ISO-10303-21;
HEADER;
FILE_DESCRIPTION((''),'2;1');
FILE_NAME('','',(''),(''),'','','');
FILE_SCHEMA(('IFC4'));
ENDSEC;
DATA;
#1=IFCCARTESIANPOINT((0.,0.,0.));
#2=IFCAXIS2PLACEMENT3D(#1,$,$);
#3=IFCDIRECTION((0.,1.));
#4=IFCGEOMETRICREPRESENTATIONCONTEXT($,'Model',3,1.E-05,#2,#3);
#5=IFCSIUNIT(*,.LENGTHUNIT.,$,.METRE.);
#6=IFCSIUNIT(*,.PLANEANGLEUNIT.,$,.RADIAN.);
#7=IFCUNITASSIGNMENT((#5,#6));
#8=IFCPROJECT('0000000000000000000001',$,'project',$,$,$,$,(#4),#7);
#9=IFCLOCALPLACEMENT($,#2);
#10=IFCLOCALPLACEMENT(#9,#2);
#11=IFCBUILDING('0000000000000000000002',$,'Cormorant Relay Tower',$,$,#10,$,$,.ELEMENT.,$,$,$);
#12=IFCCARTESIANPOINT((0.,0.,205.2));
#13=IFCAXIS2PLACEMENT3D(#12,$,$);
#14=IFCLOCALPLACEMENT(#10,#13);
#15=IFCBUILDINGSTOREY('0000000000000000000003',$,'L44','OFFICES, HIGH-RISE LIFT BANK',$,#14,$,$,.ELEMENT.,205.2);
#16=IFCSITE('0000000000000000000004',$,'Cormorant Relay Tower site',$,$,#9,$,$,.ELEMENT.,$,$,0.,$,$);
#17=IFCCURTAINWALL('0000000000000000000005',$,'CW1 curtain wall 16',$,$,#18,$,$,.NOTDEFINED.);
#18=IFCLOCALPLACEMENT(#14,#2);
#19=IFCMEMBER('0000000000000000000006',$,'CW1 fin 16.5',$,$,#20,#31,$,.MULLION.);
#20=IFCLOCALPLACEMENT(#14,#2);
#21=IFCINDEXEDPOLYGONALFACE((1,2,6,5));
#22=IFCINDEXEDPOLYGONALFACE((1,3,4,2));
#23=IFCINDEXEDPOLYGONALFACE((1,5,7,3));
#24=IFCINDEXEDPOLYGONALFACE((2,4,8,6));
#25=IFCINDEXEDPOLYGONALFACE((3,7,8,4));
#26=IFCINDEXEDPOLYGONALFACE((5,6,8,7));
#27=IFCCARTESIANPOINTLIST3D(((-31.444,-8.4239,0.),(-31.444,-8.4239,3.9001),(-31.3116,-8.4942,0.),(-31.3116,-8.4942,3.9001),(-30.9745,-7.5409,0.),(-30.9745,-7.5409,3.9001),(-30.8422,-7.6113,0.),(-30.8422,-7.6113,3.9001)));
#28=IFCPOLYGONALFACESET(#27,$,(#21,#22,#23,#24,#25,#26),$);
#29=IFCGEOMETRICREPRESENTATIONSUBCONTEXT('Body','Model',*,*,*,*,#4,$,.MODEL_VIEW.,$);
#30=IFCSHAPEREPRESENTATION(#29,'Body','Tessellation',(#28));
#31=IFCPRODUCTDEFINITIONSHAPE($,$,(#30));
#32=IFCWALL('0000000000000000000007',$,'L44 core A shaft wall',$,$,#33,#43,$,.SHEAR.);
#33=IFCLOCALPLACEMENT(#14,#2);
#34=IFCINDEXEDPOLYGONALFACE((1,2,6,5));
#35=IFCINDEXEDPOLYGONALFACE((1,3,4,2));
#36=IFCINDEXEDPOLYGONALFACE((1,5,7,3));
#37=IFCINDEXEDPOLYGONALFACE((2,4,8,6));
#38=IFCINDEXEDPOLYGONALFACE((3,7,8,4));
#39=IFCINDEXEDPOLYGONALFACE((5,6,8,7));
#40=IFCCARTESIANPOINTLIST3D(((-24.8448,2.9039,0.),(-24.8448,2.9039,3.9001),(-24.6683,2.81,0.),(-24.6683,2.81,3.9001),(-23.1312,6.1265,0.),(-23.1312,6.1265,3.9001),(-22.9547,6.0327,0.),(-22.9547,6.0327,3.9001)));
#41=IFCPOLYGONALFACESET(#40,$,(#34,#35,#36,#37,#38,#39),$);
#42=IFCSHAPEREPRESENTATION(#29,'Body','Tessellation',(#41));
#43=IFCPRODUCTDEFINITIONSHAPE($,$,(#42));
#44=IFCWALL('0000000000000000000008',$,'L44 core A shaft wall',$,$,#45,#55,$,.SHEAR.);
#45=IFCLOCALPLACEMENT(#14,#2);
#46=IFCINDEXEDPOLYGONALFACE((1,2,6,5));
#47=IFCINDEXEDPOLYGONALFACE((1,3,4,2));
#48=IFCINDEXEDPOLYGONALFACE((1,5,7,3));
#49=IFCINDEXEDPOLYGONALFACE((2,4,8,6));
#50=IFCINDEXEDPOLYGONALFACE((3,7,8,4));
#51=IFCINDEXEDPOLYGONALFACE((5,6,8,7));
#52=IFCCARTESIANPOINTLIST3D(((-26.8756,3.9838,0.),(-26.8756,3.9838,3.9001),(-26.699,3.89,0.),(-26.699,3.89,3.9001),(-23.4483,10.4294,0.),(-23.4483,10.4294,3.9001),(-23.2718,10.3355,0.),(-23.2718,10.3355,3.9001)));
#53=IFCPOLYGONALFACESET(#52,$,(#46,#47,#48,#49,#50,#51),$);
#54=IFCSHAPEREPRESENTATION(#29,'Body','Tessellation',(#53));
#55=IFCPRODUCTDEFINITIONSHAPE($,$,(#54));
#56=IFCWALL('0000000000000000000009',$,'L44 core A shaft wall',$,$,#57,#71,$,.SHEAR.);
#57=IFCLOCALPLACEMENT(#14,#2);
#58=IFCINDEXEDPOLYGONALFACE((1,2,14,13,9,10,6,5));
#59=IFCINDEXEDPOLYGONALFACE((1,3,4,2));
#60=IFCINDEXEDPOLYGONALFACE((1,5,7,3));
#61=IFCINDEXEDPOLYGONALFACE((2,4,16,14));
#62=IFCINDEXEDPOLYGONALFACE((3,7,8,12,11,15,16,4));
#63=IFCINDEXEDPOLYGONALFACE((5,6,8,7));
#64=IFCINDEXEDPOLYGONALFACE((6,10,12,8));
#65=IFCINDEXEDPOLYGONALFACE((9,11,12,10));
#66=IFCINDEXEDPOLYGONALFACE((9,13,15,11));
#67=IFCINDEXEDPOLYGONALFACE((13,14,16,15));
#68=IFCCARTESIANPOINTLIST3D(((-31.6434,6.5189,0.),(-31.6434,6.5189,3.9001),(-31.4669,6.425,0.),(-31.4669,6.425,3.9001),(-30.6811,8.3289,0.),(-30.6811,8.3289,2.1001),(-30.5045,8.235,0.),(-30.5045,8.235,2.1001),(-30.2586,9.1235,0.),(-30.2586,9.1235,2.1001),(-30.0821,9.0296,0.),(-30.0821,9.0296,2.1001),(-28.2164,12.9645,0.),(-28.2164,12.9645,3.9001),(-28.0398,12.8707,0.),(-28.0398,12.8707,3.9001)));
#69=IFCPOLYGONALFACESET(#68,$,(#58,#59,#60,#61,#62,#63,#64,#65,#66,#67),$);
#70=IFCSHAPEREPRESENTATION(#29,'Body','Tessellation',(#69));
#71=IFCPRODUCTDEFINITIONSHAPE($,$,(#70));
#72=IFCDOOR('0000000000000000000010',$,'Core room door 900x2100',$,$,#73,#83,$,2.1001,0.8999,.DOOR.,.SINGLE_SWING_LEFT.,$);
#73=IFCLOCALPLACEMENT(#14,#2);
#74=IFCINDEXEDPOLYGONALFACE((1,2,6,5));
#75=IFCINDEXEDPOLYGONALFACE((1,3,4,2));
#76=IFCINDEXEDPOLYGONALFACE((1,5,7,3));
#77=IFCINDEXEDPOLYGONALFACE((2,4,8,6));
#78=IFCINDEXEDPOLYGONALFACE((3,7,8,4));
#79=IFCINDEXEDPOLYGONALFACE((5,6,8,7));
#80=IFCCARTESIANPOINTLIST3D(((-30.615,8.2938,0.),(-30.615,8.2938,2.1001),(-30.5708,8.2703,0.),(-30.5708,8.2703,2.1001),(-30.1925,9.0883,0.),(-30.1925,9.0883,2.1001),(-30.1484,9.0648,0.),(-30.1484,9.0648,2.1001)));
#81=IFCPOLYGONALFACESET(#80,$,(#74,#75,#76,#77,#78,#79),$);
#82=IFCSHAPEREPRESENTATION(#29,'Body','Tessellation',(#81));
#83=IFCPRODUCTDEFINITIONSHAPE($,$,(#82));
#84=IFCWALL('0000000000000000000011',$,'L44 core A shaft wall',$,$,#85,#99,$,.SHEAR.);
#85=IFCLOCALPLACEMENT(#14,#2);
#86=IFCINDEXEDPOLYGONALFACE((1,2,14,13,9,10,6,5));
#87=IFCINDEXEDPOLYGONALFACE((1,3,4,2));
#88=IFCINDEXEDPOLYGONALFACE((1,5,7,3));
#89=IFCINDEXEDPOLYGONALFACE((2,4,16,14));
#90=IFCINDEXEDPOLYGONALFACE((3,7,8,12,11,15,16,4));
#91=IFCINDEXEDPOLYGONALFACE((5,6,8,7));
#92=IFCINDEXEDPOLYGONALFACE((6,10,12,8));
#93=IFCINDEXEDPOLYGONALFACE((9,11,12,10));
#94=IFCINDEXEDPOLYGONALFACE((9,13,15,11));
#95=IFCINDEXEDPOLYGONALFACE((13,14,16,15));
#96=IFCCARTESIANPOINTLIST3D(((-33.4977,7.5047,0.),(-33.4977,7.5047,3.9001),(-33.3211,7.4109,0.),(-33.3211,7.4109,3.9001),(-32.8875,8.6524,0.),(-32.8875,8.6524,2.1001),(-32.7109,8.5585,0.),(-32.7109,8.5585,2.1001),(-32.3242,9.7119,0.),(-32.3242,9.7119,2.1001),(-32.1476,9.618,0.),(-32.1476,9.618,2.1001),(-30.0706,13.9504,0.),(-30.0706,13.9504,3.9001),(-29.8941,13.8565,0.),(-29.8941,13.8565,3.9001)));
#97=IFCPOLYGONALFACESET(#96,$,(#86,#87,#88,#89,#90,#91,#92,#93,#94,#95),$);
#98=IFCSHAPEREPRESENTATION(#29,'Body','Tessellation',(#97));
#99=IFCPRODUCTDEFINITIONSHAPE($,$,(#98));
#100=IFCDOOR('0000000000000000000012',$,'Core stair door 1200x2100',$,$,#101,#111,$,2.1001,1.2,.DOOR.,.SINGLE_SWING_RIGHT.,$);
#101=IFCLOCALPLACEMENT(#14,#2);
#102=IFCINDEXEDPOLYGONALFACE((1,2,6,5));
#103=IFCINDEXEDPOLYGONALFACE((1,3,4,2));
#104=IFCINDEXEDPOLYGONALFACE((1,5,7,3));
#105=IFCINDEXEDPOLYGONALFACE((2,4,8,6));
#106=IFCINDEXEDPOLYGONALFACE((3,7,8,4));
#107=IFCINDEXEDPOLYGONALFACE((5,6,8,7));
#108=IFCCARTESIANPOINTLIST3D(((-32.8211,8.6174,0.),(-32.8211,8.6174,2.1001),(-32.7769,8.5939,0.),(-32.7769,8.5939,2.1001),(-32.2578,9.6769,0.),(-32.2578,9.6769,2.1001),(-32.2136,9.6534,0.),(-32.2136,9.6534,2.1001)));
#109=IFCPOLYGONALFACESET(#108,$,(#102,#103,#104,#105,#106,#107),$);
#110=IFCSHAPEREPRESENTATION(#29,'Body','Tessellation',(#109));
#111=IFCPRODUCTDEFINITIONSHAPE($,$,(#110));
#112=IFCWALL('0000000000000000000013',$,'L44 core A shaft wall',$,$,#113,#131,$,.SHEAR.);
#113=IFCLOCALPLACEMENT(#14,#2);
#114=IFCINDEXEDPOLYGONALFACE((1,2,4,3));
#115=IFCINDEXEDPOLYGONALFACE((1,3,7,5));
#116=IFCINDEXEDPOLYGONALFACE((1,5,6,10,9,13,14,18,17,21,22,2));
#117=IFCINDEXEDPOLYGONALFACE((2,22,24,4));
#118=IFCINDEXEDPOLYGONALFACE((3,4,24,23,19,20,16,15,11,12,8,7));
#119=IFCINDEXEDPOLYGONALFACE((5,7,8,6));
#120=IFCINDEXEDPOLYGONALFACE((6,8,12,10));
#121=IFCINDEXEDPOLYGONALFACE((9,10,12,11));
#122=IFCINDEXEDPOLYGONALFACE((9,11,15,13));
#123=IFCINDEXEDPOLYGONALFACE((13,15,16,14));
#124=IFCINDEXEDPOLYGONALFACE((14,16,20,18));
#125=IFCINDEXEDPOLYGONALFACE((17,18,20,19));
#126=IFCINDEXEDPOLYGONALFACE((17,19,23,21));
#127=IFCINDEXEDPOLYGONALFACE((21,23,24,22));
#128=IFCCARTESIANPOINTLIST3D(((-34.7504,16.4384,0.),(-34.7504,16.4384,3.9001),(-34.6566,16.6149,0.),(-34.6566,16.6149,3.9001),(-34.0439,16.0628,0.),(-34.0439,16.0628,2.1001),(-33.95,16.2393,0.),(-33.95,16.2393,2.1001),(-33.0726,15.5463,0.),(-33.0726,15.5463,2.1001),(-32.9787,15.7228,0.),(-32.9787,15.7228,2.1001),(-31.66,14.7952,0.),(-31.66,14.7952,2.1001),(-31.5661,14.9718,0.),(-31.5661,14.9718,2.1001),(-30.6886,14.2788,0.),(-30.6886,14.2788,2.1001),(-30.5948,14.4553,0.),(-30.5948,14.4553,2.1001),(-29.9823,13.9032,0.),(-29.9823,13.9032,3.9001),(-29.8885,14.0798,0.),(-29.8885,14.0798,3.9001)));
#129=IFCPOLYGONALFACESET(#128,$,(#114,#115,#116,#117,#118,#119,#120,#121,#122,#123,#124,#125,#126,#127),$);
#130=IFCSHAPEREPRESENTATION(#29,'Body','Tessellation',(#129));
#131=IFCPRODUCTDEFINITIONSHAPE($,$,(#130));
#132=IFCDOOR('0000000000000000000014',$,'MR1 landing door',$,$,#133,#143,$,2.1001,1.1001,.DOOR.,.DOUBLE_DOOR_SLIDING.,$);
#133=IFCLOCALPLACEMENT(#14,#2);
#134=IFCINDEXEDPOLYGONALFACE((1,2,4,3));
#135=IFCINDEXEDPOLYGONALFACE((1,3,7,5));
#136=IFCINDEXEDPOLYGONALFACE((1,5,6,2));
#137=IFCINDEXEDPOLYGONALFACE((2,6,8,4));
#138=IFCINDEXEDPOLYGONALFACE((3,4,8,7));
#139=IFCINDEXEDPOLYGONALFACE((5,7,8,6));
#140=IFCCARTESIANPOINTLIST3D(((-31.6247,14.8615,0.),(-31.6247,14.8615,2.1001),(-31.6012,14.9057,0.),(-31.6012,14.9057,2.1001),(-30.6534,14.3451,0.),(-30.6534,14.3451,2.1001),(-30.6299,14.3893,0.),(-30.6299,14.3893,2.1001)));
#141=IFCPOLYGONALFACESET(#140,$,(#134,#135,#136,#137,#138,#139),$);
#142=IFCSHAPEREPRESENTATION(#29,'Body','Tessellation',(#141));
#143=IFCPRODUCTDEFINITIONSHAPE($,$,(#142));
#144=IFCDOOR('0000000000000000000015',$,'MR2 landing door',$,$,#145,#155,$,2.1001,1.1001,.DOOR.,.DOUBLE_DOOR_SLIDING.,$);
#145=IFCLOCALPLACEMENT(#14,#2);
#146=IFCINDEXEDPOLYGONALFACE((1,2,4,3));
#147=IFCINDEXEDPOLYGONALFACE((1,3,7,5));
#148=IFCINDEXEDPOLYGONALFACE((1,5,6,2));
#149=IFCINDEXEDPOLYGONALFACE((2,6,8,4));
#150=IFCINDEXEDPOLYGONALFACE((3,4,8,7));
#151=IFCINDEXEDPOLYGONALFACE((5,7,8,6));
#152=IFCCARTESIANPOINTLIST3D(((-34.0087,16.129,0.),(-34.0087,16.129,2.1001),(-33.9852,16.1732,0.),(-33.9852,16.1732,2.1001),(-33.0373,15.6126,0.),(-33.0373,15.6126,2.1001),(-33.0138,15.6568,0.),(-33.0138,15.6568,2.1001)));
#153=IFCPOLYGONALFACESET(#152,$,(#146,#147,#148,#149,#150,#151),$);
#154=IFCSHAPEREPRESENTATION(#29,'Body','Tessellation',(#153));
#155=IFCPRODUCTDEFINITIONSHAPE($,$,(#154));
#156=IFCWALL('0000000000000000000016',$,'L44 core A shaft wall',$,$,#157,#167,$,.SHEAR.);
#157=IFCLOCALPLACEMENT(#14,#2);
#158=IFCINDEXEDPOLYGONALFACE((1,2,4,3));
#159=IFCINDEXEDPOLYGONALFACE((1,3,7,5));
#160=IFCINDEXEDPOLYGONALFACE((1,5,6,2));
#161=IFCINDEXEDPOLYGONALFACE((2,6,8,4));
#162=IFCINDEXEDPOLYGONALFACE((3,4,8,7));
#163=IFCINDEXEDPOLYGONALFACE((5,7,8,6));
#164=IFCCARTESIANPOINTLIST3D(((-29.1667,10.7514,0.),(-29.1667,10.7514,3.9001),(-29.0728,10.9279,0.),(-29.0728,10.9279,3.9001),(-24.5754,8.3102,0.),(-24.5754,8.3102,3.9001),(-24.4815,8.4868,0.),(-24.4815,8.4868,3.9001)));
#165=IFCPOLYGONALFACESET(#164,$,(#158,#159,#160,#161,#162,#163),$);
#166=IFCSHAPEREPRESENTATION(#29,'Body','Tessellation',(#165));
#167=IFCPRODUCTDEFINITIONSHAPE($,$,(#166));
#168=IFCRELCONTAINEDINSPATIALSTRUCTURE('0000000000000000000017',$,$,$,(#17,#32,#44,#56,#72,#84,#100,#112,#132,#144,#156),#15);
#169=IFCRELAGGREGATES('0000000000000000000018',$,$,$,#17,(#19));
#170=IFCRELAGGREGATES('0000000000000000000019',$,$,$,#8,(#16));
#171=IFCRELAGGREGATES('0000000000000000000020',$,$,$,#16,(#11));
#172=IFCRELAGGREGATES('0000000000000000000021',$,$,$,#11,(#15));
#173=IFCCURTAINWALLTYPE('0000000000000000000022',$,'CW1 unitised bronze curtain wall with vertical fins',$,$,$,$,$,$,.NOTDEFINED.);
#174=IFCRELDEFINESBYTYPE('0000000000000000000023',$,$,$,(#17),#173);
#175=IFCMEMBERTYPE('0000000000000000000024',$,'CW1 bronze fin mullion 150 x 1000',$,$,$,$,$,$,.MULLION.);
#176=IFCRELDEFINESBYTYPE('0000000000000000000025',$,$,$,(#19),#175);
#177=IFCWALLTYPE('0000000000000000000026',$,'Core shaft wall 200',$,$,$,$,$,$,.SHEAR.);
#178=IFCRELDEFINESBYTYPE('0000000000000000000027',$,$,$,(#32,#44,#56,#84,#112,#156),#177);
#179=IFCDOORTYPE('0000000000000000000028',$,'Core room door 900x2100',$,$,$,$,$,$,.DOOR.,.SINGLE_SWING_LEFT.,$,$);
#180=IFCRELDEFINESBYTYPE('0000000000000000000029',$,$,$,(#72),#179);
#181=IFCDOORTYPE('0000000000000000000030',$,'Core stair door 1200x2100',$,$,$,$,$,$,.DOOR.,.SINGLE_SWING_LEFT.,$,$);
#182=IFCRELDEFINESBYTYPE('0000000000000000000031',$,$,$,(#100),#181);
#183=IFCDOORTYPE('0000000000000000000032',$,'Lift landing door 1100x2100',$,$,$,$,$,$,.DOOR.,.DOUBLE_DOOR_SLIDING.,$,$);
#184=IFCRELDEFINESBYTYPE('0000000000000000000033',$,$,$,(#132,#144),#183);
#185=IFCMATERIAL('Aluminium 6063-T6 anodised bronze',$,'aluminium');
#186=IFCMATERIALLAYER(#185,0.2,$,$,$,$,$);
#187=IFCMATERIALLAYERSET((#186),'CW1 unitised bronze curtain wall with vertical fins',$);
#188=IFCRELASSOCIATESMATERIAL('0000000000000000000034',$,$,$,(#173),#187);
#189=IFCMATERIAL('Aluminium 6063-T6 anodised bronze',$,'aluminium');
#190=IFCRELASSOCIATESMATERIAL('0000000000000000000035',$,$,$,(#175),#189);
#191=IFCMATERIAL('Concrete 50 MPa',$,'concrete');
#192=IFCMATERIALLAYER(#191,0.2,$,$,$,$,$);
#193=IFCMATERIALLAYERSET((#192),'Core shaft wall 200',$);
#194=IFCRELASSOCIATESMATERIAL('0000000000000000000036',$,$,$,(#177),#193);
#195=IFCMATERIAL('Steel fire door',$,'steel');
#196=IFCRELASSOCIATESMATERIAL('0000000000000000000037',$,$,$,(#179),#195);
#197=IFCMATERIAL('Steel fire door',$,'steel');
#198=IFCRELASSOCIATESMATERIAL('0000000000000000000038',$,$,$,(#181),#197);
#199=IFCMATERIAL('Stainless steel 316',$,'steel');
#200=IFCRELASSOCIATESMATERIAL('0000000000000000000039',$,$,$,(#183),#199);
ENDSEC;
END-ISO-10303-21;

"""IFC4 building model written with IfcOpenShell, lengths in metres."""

from ifc_helpers import new_model, si_unit, direction, frame, frame_2d, origin, origin_2d, place, context, subcontext, project, spatial, rectangle, extrude, material, layer, layer_set, material_profile, profile_set, type_object, element, fill, aggregate, save


model = new_model("IFC4")

# Units and contexts
model_context = context("Model", 3, precision=1e-05, world=origin(), true_north=direction((0.0, 1.0)))
body_context = subcontext(model_context, "Body", "Model", "MODEL_VIEW")
ifc_project = project(units=[si_unit("LENGTHUNIT", "METRE"), si_unit("PLANEANGLEUNIT", "RADIAN")], contexts=[model_context])

# Site, building, storey
site_placement = place(None, origin())
site = spatial("IfcSite", under=ifc_project, at=site_placement, Name="Cormorant Relay Tower site", CompositionType="ELEMENT", RefElevation=0.0)
building_placement = place(site_placement, origin())
building = spatial("IfcBuilding", under=site, at=building_placement, Name="Cormorant Relay Tower", CompositionType="ELEMENT")
storey_placement = place(building_placement, frame((0.0, 0.0, 205.2)))
storey = spatial("IfcBuildingStorey", under=building, at=storey_placement, Name="L44", Description="OFFICES, HIGH-RISE LIFT BANK", CompositionType="ELEMENT", Elevation=205.2)

# Curtain wall, member
ifc_material_1 = material(Name="Aluminium 6063-T6 anodised bronze", Category="aluminium")
ifc_layer_1 = layer(ifc_material_1, 0.2)
ifc_layer_set_1 = layer_set([ifc_layer_1], Name="CW1 unitised bronze curtain wall with vertical fins")
curtain_wall_type = type_object("IfcCurtainWallType", Name="CW1 unitised bronze curtain wall with vertical fins", PredefinedType="NOTDEFINED", material=ifc_layer_set_1)
curtain_wall_placement = place(storey_placement, origin())
curtain_wall = element("IfcCurtainWall", 1, at=curtain_wall_placement, inside=storey, type_object=curtain_wall_type, Name="CW1 curtain wall 16", PredefinedType="NOTDEFINED")
ifc_material_2 = material(Name="Aluminium 6063-T6 anodised bronze", Category="aluminium")
ifc_material_profile = material_profile(ifc_material_2, rectangle(XDim=0.1499, YDim=1.0, at=origin_2d()), Name="AL 150x1000")
ifc_profile_set = profile_set([ifc_material_profile], Name="Aluminium 6063-T6 anodised bronze")
member_type = type_object("IfcMemberType", Name="CW1 bronze fin mullion 150 x 1000", PredefinedType="MULLION", material=ifc_profile_set)
member_placement = place(storey_placement, frame((-31.1431, -8.0176, 0.0), z_axis=(0.0, 0.0, 1.0), x_axis=(0.882948, -0.469472, 0.0)))
member = element("IfcMember", 2, at=member_placement, type_object=member_type, Name="CW1 fin 16.5", PredefinedType="MULLION", context=body_context, shape_type="SweptSolid", body=[
    extrude(rectangle(XDim=0.1499, YDim=1.0, at=origin_2d()), origin(), (0.0, 0.0, 1.0), 3.9001),
])
aggregate(curtain_wall, [member])

# Walls
ifc_material_3 = material(Name="Concrete 50 MPa", Category="concrete")
ifc_layer_2 = layer(ifc_material_3, 0.2)
ifc_layer_set_2 = layer_set([ifc_layer_2], Name="Core shaft wall 200")
wall_type_1 = type_object("IfcWallType", Name="Core shaft wall 200", PredefinedType="SHEAR", material=ifc_layer_set_2)
wall_1_placement = place(storey_placement, frame((-23.043, 6.0796, 0.0), z_axis=(0.0, 0.0, 1.0), x_axis=(-0.469494, -0.882936, 0.0)))
element("IfcWall", 3, at=wall_1_placement, inside=storey, type_object=wall_type_1, Name="L44 core A shaft wall", PredefinedType="SHEAR", context=body_context, shape_type="SweptSolid", body=[
    extrude(rectangle(XDim=3.6499, YDim=0.2, at=frame_2d((1.825, 0.0))), origin(), (0.0, 0.0, 1.0), 3.9001),
])
wall_2_placement = place(storey_placement, frame((-23.3601, 10.3823, 0.0), z_axis=(0.0, 0.0, 1.0), x_axis=(-0.46948, -0.882943, 0.0)))
element("IfcWall", 4, at=wall_2_placement, inside=storey, type_object=wall_type_1, Name="L44 core A shaft wall", PredefinedType="SHEAR", context=body_context, shape_type="SweptSolid", body=[
    extrude(rectangle(XDim=7.3, YDim=0.2, at=frame_2d((3.6499, 0.0))), origin(), (0.0, 0.0, 1.0), 3.9001),
])

# Walls, openings, doors
wall_3_placement = place(storey_placement, frame((-28.1282, 12.9175, 0.0), z_axis=(0.0, 0.0, 1.0), x_axis=(-0.469454, -0.882957, 0.0)))
wall_3 = element("IfcWall", 5, at=wall_3_placement, inside=storey, type_object=wall_type_1, Name="L44 core A shaft wall", PredefinedType="SHEAR", context=body_context, shape_type="SweptSolid", body=[
    extrude(rectangle(XDim=7.3, YDim=0.2, at=frame_2d((3.6499, 0.0))), origin(), (0.0, 0.0, 1.0), 3.9001),
])
opening_1_placement = place(wall_3_placement, frame((4.3501, 0.0, 0.0)))
opening_1 = element("IfcOpeningElement", 6, at=opening_1_placement, cuts=wall_3, PredefinedType="OPENING", context=body_context, shape_type="SweptSolid", body=[
    extrude(rectangle(XDim=0.8999, YDim=2.1001, at=frame_2d((0.45, 1.05))), frame((0.0, 0.1099, 0.0), z_axis=(0.0, -1.0, 0.0), x_axis=(1.0, 0.0, 0.0)), (0.0, 0.0, 1.0), 0.22),
])
ifc_material_4 = material(Name="Steel fire door", Category="steel")
door_type_1 = type_object("IfcDoorType", Name="Core room door 900x2100", OperationType="SINGLE_SWING_LEFT", PredefinedType="DOOR", material=ifc_material_4)
door_1_placement = place(opening_1_placement, origin())
door_1 = element("IfcDoor", 7, at=door_1_placement, inside=storey, type_object=door_type_1, Name="Core room door 900x2100", OperationType="SINGLE_SWING_LEFT", OverallHeight=2.1001, OverallWidth=0.8999, PredefinedType="DOOR", context=body_context, shape_type="SweptSolid", body=[
    extrude(rectangle(XDim=0.8999, YDim=2.1001, at=frame_2d((0.45, 1.05))), frame((0.0, 0.0249, 0.0), z_axis=(0.0, -1.0, 0.0), x_axis=(1.0, 0.0, 0.0)), (0.0, 0.0, 1.0), 0.05),
])
fill(opening_1, door_1)
wall_4_placement = place(storey_placement, frame((-29.9824, 13.9033, 0.0), z_axis=(0.0, 0.0, 1.0), x_axis=(-0.469454, -0.882957, 0.0)))
wall_4 = element("IfcWall", 8, at=wall_4_placement, inside=storey, type_object=wall_type_1, Name="L44 core A shaft wall", PredefinedType="SHEAR", context=body_context, shape_type="SweptSolid", body=[
    extrude(rectangle(XDim=7.3, YDim=0.2, at=frame_2d((3.6499, 0.0))), origin(), (0.0, 0.0, 1.0), 3.9001),
])
opening_2_placement = place(wall_4_placement, frame((4.8, 0.0, 0.0)))
opening_2 = element("IfcOpeningElement", 9, at=opening_2_placement, cuts=wall_4, PredefinedType="OPENING", context=body_context, shape_type="SweptSolid", body=[
    extrude(rectangle(XDim=1.2, YDim=2.1001, at=frame_2d((0.6001, 1.05))), frame((0.0, 0.1099, 0.0), z_axis=(0.0, -1.0, 0.0), x_axis=(1.0, 0.0, 0.0)), (0.0, 0.0, 1.0), 0.22),
])
ifc_material_5 = material(Name="Steel fire door", Category="steel")
door_type_2 = type_object("IfcDoorType", Name="Core stair door 1200x2100", OperationType="SINGLE_SWING_LEFT", PredefinedType="DOOR", material=ifc_material_5)
door_2_placement = place(opening_2_placement, frame((1.2, 0.0, 0.0), z_axis=(0.0, 0.0, 1.0), x_axis=(-1.0, 0.0, 0.0)))
door_2 = element("IfcDoor", 10, at=door_2_placement, inside=storey, type_object=door_type_2, Name="Core stair door 1200x2100", OperationType="SINGLE_SWING_RIGHT", OverallHeight=2.1001, OverallWidth=1.2, PredefinedType="DOOR", context=body_context, shape_type="SweptSolid", body=[
    extrude(rectangle(XDim=1.2, YDim=2.1001, at=frame_2d((0.6001, 1.05))), frame((0.0, 0.0249, 0.0), z_axis=(0.0, -1.0, 0.0), x_axis=(1.0, 0.0, 0.0)), (0.0, 0.0, 1.0), 0.05),
])
fill(opening_2, door_2)

# Wall, openings, doors
wall_5_placement = place(storey_placement, frame((-29.9353, 13.9915, 0.0), z_axis=(0.0, 0.0, 1.0), x_axis=(-0.882953, 0.469462, 0.0)))
wall_5 = element("IfcWall", 11, at=wall_5_placement, inside=storey, type_object=wall_type_1, Name="L44 core A shaft wall", PredefinedType="SHEAR", context=body_context, shape_type="SweptSolid", body=[
    extrude(rectangle(XDim=5.4001, YDim=0.2, at=frame_2d((2.7002, 0.0))), origin(), (0.0, 0.0, 1.0), 3.9001),
])
opening_3_placement = place(wall_5_placement, frame((0.8, 0.0, 0.0)))
opening_3 = element("IfcOpeningElement", 12, at=opening_3_placement, cuts=wall_5, PredefinedType="OPENING", context=body_context, shape_type="SweptSolid", body=[
    extrude(rectangle(XDim=1.1001, YDim=2.1001, at=frame_2d((0.55, 1.05))), frame((0.0, 0.1099, 0.0), z_axis=(0.0, -1.0, 0.0), x_axis=(1.0, 0.0, 0.0)), (0.0, 0.0, 1.0), 0.22),
])
opening_4_placement = place(wall_5_placement, frame((3.5, 0.0, 0.0)))
opening_4 = element("IfcOpeningElement", 13, at=opening_4_placement, cuts=wall_5, PredefinedType="OPENING", context=body_context, shape_type="SweptSolid", body=[
    extrude(rectangle(XDim=1.1001, YDim=2.1001, at=frame_2d((0.55, 1.05))), frame((0.0, 0.1099, 0.0), z_axis=(0.0, -1.0, 0.0), x_axis=(1.0, 0.0, 0.0)), (0.0, 0.0, 1.0), 0.22),
])
ifc_material_6 = material(Name="Stainless steel 316", Category="steel")
door_type_3 = type_object("IfcDoorType", Name="Lift landing door 1100x2100", OperationType="DOUBLE_DOOR_SLIDING", PredefinedType="DOOR", material=ifc_material_6)
door_3_placement = place(opening_3_placement, origin())
door_3 = element("IfcDoor", 14, at=door_3_placement, inside=storey, type_object=door_type_3, Name="MR1 landing door", OperationType="DOUBLE_DOOR_SLIDING", OverallHeight=2.1001, OverallWidth=1.1001, PredefinedType="DOOR", context=body_context, shape_type="SweptSolid", body=[
    extrude(rectangle(XDim=1.1001, YDim=2.1001, at=frame_2d((0.55, 1.05))), frame((0.0, 0.0249, 0.0), z_axis=(0.0, -1.0, 0.0), x_axis=(1.0, 0.0, 0.0)), (0.0, 0.0, 1.0), 0.05),
])
fill(opening_3, door_3)
door_4_placement = place(opening_4_placement, origin())
door_4 = element("IfcDoor", 15, at=door_4_placement, inside=storey, type_object=door_type_3, Name="MR2 landing door", OperationType="DOUBLE_DOOR_SLIDING", OverallHeight=2.1001, OverallWidth=1.1001, PredefinedType="DOOR", context=body_context, shape_type="SweptSolid", body=[
    extrude(rectangle(XDim=1.1001, YDim=2.1001, at=frame_2d((0.55, 1.05))), frame((0.0, 0.0249, 0.0), z_axis=(0.0, -1.0, 0.0), x_axis=(1.0, 0.0, 0.0)), (0.0, 0.0, 1.0), 0.05),
])
fill(opening_4, door_4)

# Wall
wall_6_placement = place(storey_placement, frame((-24.5283, 8.3984, 0.0), z_axis=(0.0, 0.0, 1.0), x_axis=(-0.882954, 0.46946, 0.0)))
element("IfcWall", 16, at=wall_6_placement, inside=storey, type_object=wall_type_1, Name="L44 core A shaft wall", PredefinedType="SHEAR", context=body_context, shape_type="SweptSolid", body=[
    extrude(rectangle(XDim=5.2, YDim=0.2, at=frame_2d((2.6001, 0.0))), origin(), (0.0, 0.0, 1.0), 3.9001),
])

save(model, "model.ifc")
